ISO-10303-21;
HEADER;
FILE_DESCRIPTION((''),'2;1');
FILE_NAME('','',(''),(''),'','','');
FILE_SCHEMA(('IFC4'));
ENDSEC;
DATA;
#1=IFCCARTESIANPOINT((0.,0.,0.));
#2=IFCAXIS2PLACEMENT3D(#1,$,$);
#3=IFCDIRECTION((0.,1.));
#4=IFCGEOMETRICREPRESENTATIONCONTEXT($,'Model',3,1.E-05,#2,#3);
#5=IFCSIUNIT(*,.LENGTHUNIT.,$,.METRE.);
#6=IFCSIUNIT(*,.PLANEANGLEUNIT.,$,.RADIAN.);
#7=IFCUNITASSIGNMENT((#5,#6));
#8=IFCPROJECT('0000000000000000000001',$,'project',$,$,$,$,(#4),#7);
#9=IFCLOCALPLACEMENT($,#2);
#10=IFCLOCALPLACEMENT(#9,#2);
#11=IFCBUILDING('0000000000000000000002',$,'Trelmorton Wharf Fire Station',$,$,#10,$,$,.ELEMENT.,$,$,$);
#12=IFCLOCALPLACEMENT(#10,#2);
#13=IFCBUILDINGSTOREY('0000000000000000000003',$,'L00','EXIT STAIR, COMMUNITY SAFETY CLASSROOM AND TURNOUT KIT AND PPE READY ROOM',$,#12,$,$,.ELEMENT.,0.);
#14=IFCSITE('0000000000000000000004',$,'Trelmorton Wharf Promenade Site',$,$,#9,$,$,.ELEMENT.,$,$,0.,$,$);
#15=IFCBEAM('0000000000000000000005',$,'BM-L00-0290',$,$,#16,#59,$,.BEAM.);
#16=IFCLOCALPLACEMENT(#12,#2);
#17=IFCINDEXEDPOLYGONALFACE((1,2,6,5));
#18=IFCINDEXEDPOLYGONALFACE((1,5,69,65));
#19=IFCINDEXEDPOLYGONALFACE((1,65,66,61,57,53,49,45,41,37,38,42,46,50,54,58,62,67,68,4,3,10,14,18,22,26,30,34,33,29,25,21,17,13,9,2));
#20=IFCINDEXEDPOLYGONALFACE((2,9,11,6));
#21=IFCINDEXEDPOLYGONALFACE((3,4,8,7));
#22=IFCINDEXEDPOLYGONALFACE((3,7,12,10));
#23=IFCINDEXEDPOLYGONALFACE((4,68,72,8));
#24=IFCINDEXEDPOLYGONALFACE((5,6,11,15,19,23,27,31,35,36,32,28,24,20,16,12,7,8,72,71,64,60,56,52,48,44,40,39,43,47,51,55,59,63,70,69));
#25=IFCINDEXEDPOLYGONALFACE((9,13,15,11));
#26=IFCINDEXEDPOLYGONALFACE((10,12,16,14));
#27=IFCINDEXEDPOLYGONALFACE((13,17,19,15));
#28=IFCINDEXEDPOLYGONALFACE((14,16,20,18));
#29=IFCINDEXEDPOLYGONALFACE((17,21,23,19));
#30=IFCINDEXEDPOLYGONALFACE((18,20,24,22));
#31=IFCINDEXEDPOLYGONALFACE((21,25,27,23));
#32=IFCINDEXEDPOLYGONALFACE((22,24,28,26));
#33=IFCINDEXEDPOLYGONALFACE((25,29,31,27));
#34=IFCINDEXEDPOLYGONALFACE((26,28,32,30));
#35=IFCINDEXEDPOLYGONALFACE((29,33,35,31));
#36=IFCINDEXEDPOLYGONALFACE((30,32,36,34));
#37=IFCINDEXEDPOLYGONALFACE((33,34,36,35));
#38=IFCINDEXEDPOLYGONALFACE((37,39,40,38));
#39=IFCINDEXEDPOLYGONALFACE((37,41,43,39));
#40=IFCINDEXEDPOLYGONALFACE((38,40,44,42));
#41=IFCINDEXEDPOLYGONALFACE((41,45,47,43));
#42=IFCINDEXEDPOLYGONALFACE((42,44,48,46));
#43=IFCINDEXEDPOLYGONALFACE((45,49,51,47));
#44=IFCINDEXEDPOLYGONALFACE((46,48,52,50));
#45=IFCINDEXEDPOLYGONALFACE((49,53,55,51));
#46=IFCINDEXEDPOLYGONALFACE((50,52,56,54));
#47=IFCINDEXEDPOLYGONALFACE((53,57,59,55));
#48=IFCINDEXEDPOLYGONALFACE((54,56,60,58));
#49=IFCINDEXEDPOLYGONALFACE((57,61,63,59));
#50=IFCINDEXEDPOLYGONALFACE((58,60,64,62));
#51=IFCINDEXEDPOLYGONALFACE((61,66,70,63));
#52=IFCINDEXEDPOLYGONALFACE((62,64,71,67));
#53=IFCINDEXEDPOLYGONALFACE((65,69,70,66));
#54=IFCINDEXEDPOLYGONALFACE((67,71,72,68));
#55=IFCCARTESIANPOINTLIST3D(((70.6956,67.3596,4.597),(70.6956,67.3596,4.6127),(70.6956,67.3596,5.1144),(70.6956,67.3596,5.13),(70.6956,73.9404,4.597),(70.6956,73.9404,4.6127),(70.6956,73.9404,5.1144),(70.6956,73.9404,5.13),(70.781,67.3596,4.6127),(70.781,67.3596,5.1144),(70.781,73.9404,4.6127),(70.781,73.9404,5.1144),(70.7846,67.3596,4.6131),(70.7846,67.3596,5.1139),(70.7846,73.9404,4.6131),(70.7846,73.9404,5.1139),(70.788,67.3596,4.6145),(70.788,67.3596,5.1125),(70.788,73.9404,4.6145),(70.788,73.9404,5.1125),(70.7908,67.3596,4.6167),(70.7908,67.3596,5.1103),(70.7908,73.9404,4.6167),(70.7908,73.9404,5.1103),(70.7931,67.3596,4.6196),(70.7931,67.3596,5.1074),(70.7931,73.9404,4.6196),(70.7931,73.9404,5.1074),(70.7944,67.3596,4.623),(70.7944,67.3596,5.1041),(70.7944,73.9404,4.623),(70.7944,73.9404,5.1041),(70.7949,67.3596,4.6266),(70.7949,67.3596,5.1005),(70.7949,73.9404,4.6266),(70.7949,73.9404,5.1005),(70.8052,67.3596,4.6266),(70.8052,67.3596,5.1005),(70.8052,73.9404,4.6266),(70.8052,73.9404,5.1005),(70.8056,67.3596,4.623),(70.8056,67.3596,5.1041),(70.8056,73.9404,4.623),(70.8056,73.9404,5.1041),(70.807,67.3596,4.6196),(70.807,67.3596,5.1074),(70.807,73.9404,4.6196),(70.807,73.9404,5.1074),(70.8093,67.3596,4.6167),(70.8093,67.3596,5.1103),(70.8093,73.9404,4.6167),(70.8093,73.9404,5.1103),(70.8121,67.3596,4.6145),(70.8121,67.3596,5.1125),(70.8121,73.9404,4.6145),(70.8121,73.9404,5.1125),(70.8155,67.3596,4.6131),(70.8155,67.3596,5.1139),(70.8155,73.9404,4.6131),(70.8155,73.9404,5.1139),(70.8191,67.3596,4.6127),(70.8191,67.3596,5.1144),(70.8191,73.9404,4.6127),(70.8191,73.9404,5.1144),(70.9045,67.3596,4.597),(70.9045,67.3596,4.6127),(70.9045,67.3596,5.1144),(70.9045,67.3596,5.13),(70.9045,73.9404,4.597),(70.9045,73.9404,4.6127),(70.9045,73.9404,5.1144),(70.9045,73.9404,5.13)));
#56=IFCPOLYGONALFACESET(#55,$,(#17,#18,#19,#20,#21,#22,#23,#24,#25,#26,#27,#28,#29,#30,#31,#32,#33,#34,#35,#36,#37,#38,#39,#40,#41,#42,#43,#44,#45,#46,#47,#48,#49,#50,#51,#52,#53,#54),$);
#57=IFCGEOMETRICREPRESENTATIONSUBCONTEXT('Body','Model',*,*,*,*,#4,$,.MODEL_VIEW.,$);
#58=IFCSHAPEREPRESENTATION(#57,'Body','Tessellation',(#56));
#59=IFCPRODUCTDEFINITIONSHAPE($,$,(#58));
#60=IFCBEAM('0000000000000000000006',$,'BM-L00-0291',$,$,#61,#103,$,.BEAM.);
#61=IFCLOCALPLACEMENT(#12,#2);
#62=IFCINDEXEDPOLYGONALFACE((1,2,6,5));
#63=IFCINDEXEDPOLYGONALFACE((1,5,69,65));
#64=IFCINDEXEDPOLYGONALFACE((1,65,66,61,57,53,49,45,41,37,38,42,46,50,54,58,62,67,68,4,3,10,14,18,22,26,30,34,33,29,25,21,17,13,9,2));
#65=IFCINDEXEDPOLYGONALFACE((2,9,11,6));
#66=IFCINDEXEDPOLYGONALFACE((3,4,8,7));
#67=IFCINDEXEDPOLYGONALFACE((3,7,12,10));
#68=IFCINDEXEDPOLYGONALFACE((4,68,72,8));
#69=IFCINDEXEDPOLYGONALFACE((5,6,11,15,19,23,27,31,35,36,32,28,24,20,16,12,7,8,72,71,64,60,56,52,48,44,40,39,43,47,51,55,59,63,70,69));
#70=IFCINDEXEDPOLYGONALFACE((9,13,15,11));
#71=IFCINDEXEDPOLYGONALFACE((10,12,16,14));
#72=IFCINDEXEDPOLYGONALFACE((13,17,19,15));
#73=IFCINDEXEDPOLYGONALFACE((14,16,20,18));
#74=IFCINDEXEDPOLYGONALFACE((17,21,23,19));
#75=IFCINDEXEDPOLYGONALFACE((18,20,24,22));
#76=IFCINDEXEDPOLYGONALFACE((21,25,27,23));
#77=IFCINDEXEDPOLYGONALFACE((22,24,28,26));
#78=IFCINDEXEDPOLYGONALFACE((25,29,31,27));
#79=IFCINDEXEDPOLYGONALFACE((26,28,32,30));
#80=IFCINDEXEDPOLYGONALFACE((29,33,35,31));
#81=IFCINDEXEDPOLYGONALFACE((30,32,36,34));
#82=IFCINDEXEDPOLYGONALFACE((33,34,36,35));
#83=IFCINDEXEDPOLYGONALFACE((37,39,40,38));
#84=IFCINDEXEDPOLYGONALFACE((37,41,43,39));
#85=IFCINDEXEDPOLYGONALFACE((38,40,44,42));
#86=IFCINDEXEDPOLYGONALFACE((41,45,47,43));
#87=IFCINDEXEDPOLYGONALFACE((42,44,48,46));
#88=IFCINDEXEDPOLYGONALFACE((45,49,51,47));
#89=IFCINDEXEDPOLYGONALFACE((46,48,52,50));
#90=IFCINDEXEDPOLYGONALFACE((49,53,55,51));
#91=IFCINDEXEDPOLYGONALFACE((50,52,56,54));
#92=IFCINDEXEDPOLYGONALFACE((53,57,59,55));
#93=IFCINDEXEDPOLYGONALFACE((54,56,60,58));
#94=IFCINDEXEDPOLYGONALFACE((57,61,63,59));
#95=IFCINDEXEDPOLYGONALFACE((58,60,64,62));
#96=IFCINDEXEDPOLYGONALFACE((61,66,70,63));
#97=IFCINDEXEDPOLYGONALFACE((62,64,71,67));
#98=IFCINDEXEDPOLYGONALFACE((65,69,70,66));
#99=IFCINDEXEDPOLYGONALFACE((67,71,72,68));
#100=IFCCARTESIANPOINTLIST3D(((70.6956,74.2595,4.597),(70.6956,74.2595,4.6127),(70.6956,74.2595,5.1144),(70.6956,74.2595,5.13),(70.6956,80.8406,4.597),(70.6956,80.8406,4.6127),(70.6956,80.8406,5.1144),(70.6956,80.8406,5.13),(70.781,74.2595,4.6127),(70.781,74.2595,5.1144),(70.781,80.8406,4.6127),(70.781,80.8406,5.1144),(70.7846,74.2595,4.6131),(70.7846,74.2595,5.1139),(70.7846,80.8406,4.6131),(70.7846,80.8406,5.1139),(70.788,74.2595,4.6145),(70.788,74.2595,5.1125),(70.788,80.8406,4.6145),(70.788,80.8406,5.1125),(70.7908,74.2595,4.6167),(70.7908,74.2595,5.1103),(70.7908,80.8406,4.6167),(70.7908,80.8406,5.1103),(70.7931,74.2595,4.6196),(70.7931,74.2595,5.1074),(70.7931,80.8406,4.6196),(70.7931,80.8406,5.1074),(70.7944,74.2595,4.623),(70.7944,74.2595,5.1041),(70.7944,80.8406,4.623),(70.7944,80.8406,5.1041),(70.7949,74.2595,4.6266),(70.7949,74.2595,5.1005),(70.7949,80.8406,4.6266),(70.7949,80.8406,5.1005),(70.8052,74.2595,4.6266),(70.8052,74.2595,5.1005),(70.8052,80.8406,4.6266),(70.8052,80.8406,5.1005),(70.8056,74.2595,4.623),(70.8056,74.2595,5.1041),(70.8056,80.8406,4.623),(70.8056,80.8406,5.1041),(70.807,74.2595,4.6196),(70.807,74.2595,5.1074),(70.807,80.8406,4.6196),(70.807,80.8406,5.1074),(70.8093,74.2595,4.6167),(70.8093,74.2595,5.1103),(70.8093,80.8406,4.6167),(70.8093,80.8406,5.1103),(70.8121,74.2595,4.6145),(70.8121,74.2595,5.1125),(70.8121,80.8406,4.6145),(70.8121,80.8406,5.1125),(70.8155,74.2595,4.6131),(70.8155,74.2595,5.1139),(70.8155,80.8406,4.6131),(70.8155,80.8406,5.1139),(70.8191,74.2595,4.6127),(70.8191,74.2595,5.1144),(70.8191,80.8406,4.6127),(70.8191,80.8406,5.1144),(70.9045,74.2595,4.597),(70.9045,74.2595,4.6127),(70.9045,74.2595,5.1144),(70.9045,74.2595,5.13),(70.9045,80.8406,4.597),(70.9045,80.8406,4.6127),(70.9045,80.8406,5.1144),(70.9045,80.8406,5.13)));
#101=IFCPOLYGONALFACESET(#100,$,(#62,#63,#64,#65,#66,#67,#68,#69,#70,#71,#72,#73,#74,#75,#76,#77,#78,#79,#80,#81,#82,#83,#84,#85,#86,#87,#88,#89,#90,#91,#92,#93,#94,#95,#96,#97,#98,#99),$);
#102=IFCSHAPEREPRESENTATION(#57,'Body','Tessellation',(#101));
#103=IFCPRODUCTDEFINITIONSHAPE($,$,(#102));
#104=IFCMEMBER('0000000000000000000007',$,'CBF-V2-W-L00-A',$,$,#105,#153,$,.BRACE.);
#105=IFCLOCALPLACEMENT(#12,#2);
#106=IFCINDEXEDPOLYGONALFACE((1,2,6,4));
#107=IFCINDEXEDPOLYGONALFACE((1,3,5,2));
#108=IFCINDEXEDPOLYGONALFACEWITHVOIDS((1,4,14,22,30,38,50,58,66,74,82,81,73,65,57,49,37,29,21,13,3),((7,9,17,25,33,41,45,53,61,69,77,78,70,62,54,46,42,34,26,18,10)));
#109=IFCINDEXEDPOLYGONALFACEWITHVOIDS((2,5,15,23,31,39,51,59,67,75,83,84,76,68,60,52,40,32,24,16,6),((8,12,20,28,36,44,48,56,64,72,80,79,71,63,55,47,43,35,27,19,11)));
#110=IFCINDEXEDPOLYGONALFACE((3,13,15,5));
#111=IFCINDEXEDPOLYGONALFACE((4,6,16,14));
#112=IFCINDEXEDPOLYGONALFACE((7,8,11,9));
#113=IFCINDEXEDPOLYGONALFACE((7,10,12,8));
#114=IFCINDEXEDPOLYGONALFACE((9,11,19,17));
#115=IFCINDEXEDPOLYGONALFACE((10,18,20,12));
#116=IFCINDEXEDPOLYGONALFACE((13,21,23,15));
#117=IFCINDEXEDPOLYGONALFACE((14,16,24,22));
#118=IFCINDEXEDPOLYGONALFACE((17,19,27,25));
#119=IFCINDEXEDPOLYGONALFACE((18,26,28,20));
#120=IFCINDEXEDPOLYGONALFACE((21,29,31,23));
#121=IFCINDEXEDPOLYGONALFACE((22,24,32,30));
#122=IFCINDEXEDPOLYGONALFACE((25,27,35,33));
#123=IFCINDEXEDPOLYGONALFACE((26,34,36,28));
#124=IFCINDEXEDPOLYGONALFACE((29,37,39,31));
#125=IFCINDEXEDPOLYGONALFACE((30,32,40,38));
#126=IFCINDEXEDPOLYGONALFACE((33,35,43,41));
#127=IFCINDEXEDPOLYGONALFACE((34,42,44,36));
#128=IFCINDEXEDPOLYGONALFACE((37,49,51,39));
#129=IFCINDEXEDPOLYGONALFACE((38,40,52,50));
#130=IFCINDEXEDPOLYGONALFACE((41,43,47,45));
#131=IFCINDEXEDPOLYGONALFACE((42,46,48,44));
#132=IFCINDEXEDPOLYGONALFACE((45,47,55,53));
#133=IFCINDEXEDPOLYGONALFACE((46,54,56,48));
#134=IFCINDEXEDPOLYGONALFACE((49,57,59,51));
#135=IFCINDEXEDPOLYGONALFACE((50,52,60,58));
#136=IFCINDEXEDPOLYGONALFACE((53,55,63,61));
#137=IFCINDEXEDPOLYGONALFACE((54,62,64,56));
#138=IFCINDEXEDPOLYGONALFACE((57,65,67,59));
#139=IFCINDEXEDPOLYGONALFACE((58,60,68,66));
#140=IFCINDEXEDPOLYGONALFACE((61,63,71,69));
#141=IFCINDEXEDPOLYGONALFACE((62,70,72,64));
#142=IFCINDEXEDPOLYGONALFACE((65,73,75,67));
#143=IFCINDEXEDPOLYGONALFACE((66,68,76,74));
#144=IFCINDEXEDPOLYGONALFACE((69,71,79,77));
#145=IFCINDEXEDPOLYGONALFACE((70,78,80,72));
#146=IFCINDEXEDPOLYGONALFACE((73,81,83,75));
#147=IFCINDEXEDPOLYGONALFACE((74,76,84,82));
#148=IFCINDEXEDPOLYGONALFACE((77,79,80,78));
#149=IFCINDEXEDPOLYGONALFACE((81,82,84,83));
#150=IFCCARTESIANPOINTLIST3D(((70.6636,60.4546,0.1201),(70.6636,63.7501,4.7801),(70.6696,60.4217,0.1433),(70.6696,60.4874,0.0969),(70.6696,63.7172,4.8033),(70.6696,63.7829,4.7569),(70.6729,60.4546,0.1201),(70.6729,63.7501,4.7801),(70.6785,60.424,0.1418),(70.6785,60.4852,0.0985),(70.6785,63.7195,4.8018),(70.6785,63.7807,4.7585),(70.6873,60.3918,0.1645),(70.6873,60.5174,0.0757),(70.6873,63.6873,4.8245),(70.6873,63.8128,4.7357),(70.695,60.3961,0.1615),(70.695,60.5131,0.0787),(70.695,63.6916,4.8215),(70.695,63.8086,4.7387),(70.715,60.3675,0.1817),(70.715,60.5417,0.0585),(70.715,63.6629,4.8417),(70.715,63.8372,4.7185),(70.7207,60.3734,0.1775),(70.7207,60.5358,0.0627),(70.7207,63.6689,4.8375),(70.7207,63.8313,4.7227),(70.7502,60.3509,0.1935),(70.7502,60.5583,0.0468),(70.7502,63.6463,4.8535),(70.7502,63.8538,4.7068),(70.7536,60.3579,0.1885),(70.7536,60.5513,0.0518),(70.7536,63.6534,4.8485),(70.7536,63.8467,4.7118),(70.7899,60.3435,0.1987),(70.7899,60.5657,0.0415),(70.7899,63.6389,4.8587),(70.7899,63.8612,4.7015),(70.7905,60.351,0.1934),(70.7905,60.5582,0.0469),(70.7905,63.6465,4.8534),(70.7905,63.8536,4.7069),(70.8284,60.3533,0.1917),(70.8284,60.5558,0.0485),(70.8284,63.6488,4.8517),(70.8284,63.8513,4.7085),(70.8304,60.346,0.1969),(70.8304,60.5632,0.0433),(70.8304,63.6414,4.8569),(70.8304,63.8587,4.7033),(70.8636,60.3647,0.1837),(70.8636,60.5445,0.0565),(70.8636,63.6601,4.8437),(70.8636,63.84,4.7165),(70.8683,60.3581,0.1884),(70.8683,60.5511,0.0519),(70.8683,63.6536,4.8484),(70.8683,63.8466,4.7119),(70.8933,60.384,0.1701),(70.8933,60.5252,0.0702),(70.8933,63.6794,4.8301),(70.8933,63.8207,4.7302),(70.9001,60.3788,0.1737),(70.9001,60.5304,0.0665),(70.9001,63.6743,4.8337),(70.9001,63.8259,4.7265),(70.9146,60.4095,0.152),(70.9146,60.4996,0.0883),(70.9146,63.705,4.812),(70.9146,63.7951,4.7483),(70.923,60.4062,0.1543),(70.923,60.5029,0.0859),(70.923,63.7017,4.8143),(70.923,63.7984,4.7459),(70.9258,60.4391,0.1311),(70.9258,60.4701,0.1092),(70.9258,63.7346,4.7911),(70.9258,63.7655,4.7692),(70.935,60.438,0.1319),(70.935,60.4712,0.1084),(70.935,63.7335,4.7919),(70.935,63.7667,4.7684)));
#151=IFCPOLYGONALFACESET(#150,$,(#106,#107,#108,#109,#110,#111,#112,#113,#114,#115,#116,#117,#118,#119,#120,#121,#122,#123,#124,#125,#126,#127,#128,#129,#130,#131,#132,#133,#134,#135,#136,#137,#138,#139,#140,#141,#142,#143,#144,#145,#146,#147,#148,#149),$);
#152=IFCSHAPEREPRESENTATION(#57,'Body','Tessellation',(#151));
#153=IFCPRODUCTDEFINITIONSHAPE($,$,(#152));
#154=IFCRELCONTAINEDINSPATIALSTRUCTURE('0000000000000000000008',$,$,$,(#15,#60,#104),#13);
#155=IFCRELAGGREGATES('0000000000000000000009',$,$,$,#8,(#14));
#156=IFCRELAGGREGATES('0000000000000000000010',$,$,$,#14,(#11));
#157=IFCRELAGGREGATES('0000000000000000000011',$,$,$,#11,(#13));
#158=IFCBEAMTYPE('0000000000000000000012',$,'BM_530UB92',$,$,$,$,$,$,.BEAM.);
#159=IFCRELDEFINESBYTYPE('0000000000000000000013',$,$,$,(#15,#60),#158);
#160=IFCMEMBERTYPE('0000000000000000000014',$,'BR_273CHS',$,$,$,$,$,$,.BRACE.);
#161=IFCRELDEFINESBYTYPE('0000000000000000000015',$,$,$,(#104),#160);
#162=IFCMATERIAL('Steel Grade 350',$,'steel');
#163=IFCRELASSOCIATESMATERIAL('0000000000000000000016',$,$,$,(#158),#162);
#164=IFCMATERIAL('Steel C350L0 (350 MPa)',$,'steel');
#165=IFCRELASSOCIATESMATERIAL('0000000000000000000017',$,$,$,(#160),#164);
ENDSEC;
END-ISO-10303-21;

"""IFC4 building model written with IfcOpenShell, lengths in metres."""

from ifc_helpers import new_model, si_unit, direction, frame, origin, origin_2d, place, context, subcontext, project, spatial, hollow_circle, i_section, extrude, material, material_profile, profile_set, type_object, element, save


model = new_model("IFC4")

# Units and contexts
model_context = context("Model", 3, precision=1e-05, world=origin(), true_north=direction((0.0, 1.0)))
body_context = subcontext(model_context, "Body", "Model", "MODEL_VIEW")
ifc_project = project(units=[si_unit("LENGTHUNIT", "METRE"), si_unit("PLANEANGLEUNIT", "RADIAN")], contexts=[model_context])

# Site, building, storey
site_placement = place(None, origin())
site = spatial("IfcSite", under=ifc_project, at=site_placement, Name="Trelmorton Wharf Promenade Site", CompositionType="ELEMENT", RefElevation=0.0)
building_placement = place(site_placement, origin())
building = spatial("IfcBuilding", under=site, at=building_placement, Name="Trelmorton Wharf Fire Station", CompositionType="ELEMENT")
storey_placement = place(building_placement, origin())
storey = spatial("IfcBuildingStorey", under=building, at=storey_placement, Name="L00", Description="EXIT STAIR, COMMUNITY SAFETY CLASSROOM AND TURNOUT KIT AND PPE READY ROOM", CompositionType="ELEMENT", Elevation=0.0)

# Shared definitions
ifc_material_1 = material(Name="Steel Grade 350", Category="steel")

# Beams
ifc_material_profile_1 = material_profile(ifc_material_1, i_section(OverallWidth=0.209, OverallDepth=0.533, WebThickness=0.0103, FlangeThickness=0.0156, FilletRadius=0.0139, at=origin_2d()), Name="530UB92.4")
ifc_profile_set_1 = profile_set([ifc_material_profile_1], Name="Steel Grade 350")
beam_type_1 = type_object("IfcBeamType", Name="BM_530UB92", PredefinedType="BEAM", material=ifc_profile_set_1)
beam_1_placement = place(storey_placement, frame((70.8, 67.3596, 4.8635), z_axis=(0.0, 1.0, 0.0), x_axis=(-1.0, 0.0, 0.0)))
element("IfcBeam", 1, at=beam_1_placement, inside=storey, type_object=beam_type_1, Name="BM-L00-0290", PredefinedType="BEAM", context=body_context, shape_type="SweptSolid", body=[
    extrude(i_section(OverallWidth=0.209, OverallDepth=0.533, WebThickness=0.0103, FlangeThickness=0.0156, FilletRadius=0.0139, at=origin_2d()), origin(), (0.0, 0.0, 1.0), 6.5808),
])
beam_2_placement = place(storey_placement, frame((70.8, 74.2595, 4.8635), z_axis=(0.0, 1.0, 0.0), x_axis=(-1.0, 0.0, 0.0)))
element("IfcBeam", 2, at=beam_2_placement, inside=storey, type_object=beam_type_1, Name="BM-L00-0291", PredefinedType="BEAM", context=body_context, shape_type="SweptSolid", body=[
    extrude(i_section(OverallWidth=0.209, OverallDepth=0.533, WebThickness=0.0103, FlangeThickness=0.0156, FilletRadius=0.0139, at=origin_2d()), origin(), (0.0, 0.0, 1.0), 6.5811),
])

# Member
ifc_material_2 = material(Name="Steel C350L0 (350 MPa)", Category="steel")
ifc_material_profile_2 = material_profile(ifc_material_2, hollow_circle(Radius=0.1365, WallThickness=0.0093, at=origin_2d()), Name="273.1x9.3CHS")
ifc_profile_set_2 = profile_set([ifc_material_profile_2], Name="Steel C350L0 (350 MPa)")
member_type = type_object("IfcMemberType", Name="BR_273CHS", PredefinedType="BRACE", material=ifc_profile_set_2)
member_1_placement = place(storey_placement, frame((70.8, 60.4546, 0.1201), z_axis=(0.0, 0.577392, 0.816467), x_axis=(-1.0, 0.0, 0.0)))
element("IfcMember", 3, at=member_1_placement, inside=storey, type_object=member_type, Name="CBF-V2-W-L00-A", PredefinedType="BRACE", context=body_context, shape_type="SweptSolid", body=[
    extrude(hollow_circle(Radius=0.1365, WallThickness=0.0093, at=origin_2d()), origin(), (0.0, 0.0, 1.0), 5.7075),
])

save(model, "model.ifc")
